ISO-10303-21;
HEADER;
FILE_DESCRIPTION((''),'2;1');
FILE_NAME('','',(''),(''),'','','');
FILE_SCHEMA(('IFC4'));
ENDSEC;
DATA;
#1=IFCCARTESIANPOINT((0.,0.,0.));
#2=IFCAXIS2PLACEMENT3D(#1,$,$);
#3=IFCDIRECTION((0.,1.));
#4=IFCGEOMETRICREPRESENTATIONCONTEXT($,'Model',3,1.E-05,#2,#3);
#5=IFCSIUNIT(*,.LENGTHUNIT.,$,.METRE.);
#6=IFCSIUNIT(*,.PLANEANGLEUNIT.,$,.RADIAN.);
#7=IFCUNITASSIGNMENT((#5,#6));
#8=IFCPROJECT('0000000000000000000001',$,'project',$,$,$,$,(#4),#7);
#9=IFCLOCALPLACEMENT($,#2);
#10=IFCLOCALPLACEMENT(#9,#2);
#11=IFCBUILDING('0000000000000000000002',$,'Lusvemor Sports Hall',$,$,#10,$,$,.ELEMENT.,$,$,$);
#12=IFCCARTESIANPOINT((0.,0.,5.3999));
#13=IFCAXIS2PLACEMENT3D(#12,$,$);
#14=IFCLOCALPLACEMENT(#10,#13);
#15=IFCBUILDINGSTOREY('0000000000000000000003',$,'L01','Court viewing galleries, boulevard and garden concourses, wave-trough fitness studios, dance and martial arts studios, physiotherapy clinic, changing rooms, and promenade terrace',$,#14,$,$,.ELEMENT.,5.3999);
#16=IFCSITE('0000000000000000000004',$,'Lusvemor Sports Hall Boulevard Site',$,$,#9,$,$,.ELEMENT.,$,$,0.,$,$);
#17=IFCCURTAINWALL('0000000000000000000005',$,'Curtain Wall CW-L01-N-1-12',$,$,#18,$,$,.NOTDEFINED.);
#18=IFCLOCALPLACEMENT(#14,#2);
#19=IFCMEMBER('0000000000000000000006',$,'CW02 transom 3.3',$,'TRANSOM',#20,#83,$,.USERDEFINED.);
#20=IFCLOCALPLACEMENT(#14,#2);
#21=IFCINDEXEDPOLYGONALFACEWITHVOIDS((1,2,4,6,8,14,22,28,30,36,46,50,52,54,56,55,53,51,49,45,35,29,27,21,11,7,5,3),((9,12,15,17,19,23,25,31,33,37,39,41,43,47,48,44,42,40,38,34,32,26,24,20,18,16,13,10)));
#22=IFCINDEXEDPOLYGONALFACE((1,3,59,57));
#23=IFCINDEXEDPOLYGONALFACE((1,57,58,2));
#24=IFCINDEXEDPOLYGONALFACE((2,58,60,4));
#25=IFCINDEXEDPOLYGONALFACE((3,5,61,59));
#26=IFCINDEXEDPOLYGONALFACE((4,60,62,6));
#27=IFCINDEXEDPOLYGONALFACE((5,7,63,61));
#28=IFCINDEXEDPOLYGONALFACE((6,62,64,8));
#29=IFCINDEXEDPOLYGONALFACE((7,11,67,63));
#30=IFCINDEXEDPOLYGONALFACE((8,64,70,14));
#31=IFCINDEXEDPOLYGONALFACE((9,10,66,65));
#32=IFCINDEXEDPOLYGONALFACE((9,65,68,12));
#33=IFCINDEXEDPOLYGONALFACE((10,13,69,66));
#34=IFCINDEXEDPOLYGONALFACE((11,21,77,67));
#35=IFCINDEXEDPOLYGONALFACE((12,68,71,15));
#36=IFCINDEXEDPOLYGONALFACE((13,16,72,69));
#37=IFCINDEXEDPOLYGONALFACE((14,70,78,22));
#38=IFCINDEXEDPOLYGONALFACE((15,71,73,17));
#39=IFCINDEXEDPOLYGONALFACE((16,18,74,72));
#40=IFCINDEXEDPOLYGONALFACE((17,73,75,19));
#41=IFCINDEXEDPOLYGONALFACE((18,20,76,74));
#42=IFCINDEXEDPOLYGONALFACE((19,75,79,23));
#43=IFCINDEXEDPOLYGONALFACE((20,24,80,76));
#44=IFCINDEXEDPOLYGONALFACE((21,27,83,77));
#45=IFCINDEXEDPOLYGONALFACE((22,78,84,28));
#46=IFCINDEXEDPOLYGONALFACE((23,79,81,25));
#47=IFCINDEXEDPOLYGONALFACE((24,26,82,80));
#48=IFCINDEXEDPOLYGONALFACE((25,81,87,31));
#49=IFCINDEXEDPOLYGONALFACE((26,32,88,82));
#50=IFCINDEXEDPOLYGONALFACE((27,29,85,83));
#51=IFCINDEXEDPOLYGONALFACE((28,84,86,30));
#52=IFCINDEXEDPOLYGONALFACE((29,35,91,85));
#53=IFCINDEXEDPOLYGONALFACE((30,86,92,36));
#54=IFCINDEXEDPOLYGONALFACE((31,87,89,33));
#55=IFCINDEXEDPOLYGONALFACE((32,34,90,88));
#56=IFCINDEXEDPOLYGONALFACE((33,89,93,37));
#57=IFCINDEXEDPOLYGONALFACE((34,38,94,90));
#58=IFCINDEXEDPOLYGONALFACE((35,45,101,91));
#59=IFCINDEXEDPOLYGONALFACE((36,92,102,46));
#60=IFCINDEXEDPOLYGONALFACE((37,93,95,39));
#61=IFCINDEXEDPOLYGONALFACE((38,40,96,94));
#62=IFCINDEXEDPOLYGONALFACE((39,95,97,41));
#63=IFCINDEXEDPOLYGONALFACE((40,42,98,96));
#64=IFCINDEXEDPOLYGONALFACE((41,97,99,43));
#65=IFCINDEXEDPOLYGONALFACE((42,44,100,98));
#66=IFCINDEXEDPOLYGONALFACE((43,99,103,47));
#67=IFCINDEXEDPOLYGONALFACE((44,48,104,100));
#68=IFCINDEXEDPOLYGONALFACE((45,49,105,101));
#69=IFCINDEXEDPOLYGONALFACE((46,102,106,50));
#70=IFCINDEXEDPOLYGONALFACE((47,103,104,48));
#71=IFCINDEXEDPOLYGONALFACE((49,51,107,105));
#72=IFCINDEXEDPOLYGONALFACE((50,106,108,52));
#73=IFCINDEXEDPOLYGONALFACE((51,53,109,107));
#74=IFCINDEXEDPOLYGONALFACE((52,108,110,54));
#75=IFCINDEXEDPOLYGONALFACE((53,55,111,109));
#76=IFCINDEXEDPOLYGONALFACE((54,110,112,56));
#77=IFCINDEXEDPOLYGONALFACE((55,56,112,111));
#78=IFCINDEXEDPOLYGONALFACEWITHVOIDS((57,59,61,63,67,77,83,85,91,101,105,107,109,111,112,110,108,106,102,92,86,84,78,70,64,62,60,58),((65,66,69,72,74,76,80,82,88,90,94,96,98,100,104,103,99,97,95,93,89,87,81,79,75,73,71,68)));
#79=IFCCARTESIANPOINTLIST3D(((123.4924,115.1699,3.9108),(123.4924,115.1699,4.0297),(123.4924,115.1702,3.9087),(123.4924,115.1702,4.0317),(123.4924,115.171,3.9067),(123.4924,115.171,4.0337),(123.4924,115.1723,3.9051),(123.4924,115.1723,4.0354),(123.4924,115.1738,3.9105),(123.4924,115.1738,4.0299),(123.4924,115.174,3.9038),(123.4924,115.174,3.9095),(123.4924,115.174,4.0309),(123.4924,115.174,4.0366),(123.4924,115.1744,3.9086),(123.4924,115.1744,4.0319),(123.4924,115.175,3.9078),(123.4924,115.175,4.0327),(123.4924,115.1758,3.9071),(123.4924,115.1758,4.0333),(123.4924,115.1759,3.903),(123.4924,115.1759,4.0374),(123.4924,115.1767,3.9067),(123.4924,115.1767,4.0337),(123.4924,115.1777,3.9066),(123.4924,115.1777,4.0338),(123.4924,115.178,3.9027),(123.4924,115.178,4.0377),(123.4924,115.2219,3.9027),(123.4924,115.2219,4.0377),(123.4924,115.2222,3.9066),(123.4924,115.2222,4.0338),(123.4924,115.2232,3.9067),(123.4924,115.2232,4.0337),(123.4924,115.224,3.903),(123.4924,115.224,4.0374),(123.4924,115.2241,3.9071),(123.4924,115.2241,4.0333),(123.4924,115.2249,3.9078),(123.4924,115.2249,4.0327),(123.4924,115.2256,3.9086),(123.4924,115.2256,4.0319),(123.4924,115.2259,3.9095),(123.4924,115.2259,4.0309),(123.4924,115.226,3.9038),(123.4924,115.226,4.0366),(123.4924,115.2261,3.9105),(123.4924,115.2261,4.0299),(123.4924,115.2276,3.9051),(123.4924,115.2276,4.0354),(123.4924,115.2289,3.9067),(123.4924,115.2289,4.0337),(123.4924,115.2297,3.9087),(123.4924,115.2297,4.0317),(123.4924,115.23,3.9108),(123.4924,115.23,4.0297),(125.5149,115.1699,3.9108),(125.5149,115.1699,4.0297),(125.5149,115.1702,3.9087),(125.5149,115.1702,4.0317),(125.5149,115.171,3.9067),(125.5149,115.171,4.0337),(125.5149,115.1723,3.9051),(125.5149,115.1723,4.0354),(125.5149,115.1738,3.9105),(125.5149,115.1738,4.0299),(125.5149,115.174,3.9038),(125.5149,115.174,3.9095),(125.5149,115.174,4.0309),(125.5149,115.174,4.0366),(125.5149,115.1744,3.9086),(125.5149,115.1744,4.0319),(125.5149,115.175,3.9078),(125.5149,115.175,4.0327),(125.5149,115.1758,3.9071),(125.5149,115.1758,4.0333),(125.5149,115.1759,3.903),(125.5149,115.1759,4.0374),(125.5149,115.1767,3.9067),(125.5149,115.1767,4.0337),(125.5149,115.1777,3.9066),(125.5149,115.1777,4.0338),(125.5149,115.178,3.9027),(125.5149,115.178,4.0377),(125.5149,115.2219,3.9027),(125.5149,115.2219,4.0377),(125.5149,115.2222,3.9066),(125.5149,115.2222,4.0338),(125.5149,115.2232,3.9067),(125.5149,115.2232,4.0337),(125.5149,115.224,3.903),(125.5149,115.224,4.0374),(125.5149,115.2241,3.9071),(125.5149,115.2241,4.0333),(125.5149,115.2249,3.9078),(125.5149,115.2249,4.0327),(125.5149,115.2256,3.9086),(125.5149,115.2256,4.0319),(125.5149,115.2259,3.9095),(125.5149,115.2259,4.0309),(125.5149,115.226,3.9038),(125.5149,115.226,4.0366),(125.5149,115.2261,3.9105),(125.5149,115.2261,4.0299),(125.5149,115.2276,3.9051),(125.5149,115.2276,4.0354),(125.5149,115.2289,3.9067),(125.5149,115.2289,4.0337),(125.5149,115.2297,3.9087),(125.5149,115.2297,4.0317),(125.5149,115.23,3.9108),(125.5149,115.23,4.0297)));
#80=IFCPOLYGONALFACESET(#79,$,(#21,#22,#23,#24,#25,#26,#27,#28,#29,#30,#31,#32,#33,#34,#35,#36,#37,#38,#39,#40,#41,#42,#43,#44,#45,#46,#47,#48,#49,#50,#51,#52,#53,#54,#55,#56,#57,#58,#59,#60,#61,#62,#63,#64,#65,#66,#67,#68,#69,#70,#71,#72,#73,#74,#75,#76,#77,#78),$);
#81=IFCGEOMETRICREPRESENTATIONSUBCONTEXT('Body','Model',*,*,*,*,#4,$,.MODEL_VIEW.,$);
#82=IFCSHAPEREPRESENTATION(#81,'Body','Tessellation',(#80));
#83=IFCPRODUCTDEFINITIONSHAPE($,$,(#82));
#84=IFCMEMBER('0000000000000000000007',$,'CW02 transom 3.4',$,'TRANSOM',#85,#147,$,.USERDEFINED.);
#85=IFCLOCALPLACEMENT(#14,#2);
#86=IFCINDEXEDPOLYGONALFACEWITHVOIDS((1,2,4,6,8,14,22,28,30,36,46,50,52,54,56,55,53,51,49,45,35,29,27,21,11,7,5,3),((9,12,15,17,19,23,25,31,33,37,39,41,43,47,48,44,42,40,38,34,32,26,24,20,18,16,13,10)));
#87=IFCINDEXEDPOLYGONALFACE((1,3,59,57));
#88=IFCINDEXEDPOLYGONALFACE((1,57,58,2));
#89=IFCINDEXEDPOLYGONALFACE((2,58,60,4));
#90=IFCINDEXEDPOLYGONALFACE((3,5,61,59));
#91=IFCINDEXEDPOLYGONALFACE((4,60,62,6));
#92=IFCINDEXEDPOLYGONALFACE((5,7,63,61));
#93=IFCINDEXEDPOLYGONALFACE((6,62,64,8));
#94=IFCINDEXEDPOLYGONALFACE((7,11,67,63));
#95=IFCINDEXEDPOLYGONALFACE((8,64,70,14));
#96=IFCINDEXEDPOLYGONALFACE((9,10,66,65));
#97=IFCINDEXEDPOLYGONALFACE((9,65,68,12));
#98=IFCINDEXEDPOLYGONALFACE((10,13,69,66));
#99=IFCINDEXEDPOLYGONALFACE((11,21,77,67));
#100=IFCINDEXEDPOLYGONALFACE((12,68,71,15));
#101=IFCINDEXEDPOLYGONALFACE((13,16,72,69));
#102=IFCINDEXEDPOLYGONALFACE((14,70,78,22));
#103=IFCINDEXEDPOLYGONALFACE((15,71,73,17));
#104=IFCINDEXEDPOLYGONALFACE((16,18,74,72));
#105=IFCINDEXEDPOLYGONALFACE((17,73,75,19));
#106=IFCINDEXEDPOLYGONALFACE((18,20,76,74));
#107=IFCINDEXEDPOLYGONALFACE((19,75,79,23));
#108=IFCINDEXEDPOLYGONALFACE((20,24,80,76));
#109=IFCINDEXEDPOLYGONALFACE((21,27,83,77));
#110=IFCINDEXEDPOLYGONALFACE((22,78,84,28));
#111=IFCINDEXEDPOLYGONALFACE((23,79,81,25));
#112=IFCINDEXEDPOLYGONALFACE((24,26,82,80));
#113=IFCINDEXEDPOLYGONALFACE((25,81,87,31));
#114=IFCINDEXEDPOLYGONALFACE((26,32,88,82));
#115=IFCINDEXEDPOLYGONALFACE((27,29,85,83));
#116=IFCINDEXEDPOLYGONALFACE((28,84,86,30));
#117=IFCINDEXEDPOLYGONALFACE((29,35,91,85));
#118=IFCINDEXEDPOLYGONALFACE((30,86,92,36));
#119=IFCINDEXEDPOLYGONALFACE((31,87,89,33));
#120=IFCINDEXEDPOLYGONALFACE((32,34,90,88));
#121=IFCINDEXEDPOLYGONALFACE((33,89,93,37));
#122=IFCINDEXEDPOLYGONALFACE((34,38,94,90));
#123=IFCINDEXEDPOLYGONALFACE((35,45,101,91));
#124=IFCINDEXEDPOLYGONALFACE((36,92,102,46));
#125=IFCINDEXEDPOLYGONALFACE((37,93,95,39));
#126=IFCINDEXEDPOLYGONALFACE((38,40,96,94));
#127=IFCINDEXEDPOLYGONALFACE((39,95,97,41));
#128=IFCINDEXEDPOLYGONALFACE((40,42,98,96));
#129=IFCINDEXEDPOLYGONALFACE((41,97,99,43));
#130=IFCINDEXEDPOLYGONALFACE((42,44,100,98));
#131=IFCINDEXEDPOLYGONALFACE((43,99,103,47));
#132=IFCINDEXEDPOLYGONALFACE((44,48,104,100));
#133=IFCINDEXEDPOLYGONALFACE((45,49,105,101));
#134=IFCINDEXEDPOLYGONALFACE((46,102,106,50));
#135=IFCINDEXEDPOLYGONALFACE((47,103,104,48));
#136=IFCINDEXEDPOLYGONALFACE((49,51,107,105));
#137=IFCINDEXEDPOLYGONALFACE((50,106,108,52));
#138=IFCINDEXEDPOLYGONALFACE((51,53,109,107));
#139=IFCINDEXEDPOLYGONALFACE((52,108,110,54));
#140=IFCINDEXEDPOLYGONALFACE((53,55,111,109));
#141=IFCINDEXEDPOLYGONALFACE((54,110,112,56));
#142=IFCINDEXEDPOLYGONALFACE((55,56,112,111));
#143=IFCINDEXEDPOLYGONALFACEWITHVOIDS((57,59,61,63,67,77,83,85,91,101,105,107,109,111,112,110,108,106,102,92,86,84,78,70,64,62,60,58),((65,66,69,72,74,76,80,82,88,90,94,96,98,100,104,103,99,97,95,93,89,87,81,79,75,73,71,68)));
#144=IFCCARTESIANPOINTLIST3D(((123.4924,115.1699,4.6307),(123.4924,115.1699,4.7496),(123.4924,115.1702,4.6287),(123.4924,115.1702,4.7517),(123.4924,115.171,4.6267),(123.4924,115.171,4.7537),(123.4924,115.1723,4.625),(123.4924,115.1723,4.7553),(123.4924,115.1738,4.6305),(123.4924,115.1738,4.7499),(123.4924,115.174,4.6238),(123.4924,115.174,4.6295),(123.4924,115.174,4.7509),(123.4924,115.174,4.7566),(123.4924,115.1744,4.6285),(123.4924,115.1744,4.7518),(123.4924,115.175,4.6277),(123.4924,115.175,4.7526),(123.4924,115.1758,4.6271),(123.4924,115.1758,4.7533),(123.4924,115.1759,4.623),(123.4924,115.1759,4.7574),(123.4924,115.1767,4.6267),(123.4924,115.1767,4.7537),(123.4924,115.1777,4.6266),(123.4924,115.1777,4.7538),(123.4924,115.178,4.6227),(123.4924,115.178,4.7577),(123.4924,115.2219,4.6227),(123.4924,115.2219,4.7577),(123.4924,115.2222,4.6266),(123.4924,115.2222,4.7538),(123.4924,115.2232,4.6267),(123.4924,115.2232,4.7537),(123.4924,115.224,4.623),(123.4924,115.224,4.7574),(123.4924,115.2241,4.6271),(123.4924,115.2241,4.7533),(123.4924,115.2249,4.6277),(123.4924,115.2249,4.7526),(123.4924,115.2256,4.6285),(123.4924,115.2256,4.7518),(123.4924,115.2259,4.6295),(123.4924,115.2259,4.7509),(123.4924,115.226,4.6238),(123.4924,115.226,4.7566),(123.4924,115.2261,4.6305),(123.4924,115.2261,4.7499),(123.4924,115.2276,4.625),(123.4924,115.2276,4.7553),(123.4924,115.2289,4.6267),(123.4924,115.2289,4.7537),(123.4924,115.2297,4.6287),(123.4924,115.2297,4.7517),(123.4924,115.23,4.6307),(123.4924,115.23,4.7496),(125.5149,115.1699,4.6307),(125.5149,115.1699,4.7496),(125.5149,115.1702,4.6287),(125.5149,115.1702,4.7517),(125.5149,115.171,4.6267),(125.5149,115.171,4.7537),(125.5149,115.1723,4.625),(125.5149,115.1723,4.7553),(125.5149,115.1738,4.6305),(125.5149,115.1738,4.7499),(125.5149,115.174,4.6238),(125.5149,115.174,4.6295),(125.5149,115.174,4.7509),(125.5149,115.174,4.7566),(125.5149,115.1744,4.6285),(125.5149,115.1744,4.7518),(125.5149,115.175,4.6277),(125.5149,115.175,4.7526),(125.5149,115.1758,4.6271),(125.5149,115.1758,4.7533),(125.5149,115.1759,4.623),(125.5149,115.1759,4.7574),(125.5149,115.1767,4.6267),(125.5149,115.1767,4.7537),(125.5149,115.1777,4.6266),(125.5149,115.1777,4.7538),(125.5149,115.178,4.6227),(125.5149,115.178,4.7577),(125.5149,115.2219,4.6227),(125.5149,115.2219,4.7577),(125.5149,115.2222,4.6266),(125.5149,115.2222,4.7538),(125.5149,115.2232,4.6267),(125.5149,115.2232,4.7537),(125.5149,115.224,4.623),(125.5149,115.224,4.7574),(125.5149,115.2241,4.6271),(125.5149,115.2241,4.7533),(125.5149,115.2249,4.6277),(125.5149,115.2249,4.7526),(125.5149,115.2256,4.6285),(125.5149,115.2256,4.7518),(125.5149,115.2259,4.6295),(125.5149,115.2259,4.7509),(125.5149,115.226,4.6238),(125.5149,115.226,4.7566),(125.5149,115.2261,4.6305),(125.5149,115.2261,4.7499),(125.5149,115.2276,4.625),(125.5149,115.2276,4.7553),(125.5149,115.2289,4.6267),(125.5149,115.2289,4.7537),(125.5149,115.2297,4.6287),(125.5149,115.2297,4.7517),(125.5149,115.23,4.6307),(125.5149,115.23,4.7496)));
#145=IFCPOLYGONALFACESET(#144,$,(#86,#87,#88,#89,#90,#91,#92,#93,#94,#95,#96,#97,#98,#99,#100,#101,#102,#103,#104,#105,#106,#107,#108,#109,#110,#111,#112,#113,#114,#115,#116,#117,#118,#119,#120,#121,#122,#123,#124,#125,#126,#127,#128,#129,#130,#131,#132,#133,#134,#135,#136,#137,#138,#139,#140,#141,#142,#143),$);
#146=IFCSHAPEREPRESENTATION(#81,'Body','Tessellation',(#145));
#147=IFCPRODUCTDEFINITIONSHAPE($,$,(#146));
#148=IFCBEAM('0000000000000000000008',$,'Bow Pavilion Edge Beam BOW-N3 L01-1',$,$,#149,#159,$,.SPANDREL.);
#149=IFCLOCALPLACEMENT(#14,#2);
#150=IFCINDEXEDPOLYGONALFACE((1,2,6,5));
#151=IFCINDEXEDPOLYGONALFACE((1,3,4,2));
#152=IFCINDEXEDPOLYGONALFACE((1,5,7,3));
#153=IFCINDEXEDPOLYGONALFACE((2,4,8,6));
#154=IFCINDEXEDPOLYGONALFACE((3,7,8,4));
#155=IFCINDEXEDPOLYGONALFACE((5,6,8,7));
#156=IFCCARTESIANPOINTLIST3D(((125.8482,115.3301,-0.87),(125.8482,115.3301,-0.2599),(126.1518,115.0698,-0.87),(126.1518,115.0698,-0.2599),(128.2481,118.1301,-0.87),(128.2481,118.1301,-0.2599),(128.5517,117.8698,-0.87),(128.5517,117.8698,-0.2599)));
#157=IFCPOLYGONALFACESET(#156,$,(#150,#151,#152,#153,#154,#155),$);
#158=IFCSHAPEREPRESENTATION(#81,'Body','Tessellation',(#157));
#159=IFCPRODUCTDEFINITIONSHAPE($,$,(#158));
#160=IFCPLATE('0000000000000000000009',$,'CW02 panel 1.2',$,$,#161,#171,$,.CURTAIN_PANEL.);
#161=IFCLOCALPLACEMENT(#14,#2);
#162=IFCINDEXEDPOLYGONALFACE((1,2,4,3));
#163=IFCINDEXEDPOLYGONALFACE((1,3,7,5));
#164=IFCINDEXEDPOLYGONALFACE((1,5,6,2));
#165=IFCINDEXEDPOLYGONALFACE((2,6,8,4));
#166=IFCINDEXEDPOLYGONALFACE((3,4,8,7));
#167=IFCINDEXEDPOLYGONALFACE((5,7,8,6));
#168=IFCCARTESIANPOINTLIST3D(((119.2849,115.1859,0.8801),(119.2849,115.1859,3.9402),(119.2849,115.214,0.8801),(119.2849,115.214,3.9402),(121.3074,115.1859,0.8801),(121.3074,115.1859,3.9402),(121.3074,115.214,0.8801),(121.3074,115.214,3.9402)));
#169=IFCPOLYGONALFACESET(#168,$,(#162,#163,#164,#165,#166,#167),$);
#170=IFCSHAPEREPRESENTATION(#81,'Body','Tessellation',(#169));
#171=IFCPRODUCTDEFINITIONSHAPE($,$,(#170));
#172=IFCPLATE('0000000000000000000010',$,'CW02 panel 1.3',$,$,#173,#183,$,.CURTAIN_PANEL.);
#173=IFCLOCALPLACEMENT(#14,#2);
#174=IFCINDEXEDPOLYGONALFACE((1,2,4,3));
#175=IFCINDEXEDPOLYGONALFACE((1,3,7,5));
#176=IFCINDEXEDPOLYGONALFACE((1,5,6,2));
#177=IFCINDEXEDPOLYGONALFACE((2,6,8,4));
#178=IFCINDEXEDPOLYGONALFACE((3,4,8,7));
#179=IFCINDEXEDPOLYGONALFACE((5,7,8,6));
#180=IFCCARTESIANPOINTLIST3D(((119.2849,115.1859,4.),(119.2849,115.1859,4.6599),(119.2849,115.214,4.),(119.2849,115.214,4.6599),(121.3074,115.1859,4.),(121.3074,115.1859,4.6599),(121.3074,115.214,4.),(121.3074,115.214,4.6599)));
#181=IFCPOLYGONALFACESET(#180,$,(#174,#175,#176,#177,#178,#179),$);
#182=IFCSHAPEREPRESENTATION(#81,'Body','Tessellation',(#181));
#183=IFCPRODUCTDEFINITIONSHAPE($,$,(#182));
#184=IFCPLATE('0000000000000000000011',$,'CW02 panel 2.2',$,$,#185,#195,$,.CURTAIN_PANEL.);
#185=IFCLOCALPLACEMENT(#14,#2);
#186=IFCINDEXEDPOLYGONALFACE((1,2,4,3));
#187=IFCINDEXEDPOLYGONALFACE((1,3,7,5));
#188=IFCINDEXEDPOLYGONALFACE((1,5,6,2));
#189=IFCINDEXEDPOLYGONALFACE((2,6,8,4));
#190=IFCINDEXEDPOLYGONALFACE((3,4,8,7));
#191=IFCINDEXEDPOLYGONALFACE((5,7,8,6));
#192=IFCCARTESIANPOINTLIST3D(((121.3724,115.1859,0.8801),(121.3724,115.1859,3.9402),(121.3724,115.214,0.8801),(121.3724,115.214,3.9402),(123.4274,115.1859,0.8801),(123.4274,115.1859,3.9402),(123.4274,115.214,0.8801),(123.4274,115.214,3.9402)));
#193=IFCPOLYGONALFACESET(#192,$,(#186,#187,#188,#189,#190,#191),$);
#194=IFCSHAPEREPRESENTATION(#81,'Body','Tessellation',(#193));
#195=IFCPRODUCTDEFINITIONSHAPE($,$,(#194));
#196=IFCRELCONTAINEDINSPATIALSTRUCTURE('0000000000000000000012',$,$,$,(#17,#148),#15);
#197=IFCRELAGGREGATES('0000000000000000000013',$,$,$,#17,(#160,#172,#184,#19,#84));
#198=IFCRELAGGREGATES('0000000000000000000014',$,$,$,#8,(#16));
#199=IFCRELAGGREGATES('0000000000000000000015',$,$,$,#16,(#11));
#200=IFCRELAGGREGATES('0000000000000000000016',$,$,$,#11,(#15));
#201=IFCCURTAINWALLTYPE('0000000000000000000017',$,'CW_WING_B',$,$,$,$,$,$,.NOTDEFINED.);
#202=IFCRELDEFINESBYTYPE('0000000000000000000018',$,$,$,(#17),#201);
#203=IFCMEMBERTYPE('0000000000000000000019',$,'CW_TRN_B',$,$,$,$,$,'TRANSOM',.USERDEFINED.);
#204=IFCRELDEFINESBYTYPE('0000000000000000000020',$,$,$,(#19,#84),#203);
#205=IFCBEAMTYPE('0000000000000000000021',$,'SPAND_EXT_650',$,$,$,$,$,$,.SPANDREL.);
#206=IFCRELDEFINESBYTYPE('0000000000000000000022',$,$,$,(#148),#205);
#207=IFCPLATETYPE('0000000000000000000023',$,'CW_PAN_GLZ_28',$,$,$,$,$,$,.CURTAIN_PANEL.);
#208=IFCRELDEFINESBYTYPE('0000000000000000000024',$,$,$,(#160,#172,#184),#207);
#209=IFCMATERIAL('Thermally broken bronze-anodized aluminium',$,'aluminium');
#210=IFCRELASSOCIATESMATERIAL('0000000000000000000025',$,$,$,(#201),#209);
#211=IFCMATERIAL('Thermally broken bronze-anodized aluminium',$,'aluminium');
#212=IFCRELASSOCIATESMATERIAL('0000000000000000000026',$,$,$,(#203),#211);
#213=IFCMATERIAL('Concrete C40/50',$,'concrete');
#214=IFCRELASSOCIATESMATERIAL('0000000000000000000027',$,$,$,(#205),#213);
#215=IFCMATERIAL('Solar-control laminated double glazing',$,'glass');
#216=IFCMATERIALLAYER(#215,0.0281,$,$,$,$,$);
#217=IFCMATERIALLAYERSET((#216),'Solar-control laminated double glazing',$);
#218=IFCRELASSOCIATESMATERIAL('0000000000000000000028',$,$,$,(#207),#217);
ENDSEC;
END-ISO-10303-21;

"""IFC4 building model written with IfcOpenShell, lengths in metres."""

from ifc_helpers import new_model, si_unit, direction, frame, origin, origin_2d, place, context, subcontext, project, spatial, rectangle, hollow_rectangle, extrude, material, layer, layer_set, material_profile, profile_set, type_object, element, aggregate, save


model = new_model("IFC4")

# Units and contexts
model_context = context("Model", 3, precision=1e-05, world=origin(), true_north=direction((0.0, 1.0)))
body_context = subcontext(model_context, "Body", "Model", "MODEL_VIEW")
ifc_project = project(units=[si_unit("LENGTHUNIT", "METRE"), si_unit("PLANEANGLEUNIT", "RADIAN")], contexts=[model_context])

# Site, building, storey
site_placement = place(None, origin())
site = spatial("IfcSite", under=ifc_project, at=site_placement, Name="Lusvemor Sports Hall Boulevard Site", CompositionType="ELEMENT", RefElevation=0.0)
building_placement = place(site_placement, origin())
building = spatial("IfcBuilding", under=site, at=building_placement, Name="Lusvemor Sports Hall", CompositionType="ELEMENT")
storey_placement = place(building_placement, frame((0.0, 0.0, 5.3999)))
storey = spatial("IfcBuildingStorey", under=building, at=storey_placement, Name="L01", Description="Court viewing galleries, boulevard and garden concourses, wave-trough fitness studios, dance and martial arts studios, physiotherapy clinic, changing rooms, and promenade terrace", CompositionType="ELEMENT", Elevation=5.3999)

# Curtain wall, members
ifc_material_1 = material(Name="Thermally broken bronze-anodized aluminium", Category="aluminium")
curtain_wall_type = type_object("IfcCurtainWallType", Name="CW_WING_B", PredefinedType="NOTDEFINED", material=ifc_material_1)
curtain_wall_placement = place(storey_placement, origin())
curtain_wall = element("IfcCurtainWall", 1, at=curtain_wall_placement, inside=storey, type_object=curtain_wall_type, Name="Curtain Wall CW-L01-N-1-12", PredefinedType="NOTDEFINED")
ifc_material_2 = material(Name="Thermally broken bronze-anodized aluminium", Category="aluminium")
ifc_material_profile_1 = material_profile(ifc_material_2, hollow_rectangle(XDim=0.0601, YDim=0.135, WallThickness=0.0039, InnerFilletRadius=0.0039, OuterFilletRadius=0.0081, at=origin_2d()), Name="CWTRN135x60x4")
ifc_profile_set_1 = profile_set([ifc_material_profile_1], Name="Thermally broken bronze-anodized aluminium")
member_type_1 = type_object("IfcMemberType", Name="CW_TRN_B", ElementType="TRANSOM", PredefinedType="USERDEFINED", material=ifc_profile_set_1)
member_1_placement = place(storey_placement, frame((123.4924, 115.2, 3.9702), z_axis=(1.0, 0.0, 0.0), x_axis=(0.0, 1.0, 0.0)))
member_1 = element("IfcMember", 2, at=member_1_placement, type_object=member_type_1, Name="CW02 transom 3.3", ObjectType="TRANSOM", PredefinedType="USERDEFINED", context=body_context, shape_type="SweptSolid", body=[
    extrude(hollow_rectangle(XDim=0.0601, YDim=0.135, WallThickness=0.0039, InnerFilletRadius=0.0039, OuterFilletRadius=0.0081, at=origin_2d()), origin(), (0.0, 0.0, 1.0), 2.0225),
])
member_2_placement = place(storey_placement, frame((123.4924, 115.2, 4.6902), z_axis=(1.0, 0.0, 0.0), x_axis=(0.0, 1.0, 0.0)))
member_2 = element("IfcMember", 3, at=member_2_placement, type_object=member_type_1, Name="CW02 transom 3.4", ObjectType="TRANSOM", PredefinedType="USERDEFINED", context=body_context, shape_type="SweptSolid", body=[
    extrude(hollow_rectangle(XDim=0.0601, YDim=0.135, WallThickness=0.0039, InnerFilletRadius=0.0039, OuterFilletRadius=0.0081, at=origin_2d()), origin(), (0.0, 0.0, 1.0), 2.0225),
])

# Beam
ifc_material_3 = material(Name="Concrete C40/50", Category="concrete")
ifc_material_profile_2 = material_profile(ifc_material_3, rectangle(XDim=0.3999, YDim=0.6101, at=origin_2d()), Name="RC400x610")
ifc_profile_set_2 = profile_set([ifc_material_profile_2], Name="Concrete C40/50")
beam_type = type_object("IfcBeamType", Name="SPAND_EXT_650", PredefinedType="SPANDREL", material=ifc_profile_set_2)
beam_placement = place(storey_placement, frame((126.0, 115.2, -0.5649), z_axis=(0.65077, 0.759275, 0.0), x_axis=(-0.759275, 0.65077, 0.0)))
element("IfcBeam", 4, at=beam_placement, inside=storey, type_object=beam_type, Name="Bow Pavilion Edge Beam BOW-N3 L01-1", PredefinedType="SPANDREL", context=body_context, shape_type="SweptSolid", body=[
    extrude(rectangle(XDim=0.3999, YDim=0.6101, at=origin_2d()), origin(), (0.0, 0.0, 1.0), 3.6877),
])

# Plates
ifc_material_4 = material(Name="Solar-control laminated double glazing", Category="glass")
ifc_layer_1 = layer(ifc_material_4, 0.0281)
ifc_layer_set_1 = layer_set([ifc_layer_1], Name="Solar-control laminated double glazing")
plate_type_1 = type_object("IfcPlateType", Name="CW_PAN_GLZ_28", PredefinedType="CURTAIN_PANEL", material=ifc_layer_set_1)
plate_1_placement = place(storey_placement, frame((120.2961, 115.2, 0.8801), z_axis=(0.0, 0.0, 1.0), x_axis=(1.0, 0.0, 0.0)))
plate_1 = element("IfcPlate", 5, at=plate_1_placement, type_object=plate_type_1, Name="CW02 panel 1.2", PredefinedType="CURTAIN_PANEL", context=body_context, shape_type="SweptSolid", body=[
    extrude(rectangle(XDim=2.0225, YDim=0.0281, at=origin_2d()), origin(), (0.0, 0.0, 1.0), 3.0601),
])
plate_2_placement = place(storey_placement, frame((120.2961, 115.2, 4.0), z_axis=(0.0, 0.0, 1.0), x_axis=(1.0, 0.0, 0.0)))
plate_2 = element("IfcPlate", 6, at=plate_2_placement, type_object=plate_type_1, Name="CW02 panel 1.3", PredefinedType="CURTAIN_PANEL", context=body_context, shape_type="SweptSolid", body=[
    extrude(rectangle(XDim=2.0225, YDim=0.0281, at=origin_2d()), origin(), (0.0, 0.0, 1.0), 0.6599),
])
plate_3_placement = place(storey_placement, frame((122.3999, 115.2, 0.8801), z_axis=(0.0, 0.0, 1.0), x_axis=(1.0, 0.0, 0.0)))
plate_3 = element("IfcPlate", 7, at=plate_3_placement, type_object=plate_type_1, Name="CW02 panel 2.2", PredefinedType="CURTAIN_PANEL", context=body_context, shape_type="SweptSolid", body=[
    extrude(rectangle(XDim=2.0549, YDim=0.0281, at=origin_2d()), origin(), (0.0, 0.0, 1.0), 3.0601),
])
aggregate(curtain_wall, [plate_1, plate_2, plate_3, member_1, member_2])

save(model, "model.ifc")
